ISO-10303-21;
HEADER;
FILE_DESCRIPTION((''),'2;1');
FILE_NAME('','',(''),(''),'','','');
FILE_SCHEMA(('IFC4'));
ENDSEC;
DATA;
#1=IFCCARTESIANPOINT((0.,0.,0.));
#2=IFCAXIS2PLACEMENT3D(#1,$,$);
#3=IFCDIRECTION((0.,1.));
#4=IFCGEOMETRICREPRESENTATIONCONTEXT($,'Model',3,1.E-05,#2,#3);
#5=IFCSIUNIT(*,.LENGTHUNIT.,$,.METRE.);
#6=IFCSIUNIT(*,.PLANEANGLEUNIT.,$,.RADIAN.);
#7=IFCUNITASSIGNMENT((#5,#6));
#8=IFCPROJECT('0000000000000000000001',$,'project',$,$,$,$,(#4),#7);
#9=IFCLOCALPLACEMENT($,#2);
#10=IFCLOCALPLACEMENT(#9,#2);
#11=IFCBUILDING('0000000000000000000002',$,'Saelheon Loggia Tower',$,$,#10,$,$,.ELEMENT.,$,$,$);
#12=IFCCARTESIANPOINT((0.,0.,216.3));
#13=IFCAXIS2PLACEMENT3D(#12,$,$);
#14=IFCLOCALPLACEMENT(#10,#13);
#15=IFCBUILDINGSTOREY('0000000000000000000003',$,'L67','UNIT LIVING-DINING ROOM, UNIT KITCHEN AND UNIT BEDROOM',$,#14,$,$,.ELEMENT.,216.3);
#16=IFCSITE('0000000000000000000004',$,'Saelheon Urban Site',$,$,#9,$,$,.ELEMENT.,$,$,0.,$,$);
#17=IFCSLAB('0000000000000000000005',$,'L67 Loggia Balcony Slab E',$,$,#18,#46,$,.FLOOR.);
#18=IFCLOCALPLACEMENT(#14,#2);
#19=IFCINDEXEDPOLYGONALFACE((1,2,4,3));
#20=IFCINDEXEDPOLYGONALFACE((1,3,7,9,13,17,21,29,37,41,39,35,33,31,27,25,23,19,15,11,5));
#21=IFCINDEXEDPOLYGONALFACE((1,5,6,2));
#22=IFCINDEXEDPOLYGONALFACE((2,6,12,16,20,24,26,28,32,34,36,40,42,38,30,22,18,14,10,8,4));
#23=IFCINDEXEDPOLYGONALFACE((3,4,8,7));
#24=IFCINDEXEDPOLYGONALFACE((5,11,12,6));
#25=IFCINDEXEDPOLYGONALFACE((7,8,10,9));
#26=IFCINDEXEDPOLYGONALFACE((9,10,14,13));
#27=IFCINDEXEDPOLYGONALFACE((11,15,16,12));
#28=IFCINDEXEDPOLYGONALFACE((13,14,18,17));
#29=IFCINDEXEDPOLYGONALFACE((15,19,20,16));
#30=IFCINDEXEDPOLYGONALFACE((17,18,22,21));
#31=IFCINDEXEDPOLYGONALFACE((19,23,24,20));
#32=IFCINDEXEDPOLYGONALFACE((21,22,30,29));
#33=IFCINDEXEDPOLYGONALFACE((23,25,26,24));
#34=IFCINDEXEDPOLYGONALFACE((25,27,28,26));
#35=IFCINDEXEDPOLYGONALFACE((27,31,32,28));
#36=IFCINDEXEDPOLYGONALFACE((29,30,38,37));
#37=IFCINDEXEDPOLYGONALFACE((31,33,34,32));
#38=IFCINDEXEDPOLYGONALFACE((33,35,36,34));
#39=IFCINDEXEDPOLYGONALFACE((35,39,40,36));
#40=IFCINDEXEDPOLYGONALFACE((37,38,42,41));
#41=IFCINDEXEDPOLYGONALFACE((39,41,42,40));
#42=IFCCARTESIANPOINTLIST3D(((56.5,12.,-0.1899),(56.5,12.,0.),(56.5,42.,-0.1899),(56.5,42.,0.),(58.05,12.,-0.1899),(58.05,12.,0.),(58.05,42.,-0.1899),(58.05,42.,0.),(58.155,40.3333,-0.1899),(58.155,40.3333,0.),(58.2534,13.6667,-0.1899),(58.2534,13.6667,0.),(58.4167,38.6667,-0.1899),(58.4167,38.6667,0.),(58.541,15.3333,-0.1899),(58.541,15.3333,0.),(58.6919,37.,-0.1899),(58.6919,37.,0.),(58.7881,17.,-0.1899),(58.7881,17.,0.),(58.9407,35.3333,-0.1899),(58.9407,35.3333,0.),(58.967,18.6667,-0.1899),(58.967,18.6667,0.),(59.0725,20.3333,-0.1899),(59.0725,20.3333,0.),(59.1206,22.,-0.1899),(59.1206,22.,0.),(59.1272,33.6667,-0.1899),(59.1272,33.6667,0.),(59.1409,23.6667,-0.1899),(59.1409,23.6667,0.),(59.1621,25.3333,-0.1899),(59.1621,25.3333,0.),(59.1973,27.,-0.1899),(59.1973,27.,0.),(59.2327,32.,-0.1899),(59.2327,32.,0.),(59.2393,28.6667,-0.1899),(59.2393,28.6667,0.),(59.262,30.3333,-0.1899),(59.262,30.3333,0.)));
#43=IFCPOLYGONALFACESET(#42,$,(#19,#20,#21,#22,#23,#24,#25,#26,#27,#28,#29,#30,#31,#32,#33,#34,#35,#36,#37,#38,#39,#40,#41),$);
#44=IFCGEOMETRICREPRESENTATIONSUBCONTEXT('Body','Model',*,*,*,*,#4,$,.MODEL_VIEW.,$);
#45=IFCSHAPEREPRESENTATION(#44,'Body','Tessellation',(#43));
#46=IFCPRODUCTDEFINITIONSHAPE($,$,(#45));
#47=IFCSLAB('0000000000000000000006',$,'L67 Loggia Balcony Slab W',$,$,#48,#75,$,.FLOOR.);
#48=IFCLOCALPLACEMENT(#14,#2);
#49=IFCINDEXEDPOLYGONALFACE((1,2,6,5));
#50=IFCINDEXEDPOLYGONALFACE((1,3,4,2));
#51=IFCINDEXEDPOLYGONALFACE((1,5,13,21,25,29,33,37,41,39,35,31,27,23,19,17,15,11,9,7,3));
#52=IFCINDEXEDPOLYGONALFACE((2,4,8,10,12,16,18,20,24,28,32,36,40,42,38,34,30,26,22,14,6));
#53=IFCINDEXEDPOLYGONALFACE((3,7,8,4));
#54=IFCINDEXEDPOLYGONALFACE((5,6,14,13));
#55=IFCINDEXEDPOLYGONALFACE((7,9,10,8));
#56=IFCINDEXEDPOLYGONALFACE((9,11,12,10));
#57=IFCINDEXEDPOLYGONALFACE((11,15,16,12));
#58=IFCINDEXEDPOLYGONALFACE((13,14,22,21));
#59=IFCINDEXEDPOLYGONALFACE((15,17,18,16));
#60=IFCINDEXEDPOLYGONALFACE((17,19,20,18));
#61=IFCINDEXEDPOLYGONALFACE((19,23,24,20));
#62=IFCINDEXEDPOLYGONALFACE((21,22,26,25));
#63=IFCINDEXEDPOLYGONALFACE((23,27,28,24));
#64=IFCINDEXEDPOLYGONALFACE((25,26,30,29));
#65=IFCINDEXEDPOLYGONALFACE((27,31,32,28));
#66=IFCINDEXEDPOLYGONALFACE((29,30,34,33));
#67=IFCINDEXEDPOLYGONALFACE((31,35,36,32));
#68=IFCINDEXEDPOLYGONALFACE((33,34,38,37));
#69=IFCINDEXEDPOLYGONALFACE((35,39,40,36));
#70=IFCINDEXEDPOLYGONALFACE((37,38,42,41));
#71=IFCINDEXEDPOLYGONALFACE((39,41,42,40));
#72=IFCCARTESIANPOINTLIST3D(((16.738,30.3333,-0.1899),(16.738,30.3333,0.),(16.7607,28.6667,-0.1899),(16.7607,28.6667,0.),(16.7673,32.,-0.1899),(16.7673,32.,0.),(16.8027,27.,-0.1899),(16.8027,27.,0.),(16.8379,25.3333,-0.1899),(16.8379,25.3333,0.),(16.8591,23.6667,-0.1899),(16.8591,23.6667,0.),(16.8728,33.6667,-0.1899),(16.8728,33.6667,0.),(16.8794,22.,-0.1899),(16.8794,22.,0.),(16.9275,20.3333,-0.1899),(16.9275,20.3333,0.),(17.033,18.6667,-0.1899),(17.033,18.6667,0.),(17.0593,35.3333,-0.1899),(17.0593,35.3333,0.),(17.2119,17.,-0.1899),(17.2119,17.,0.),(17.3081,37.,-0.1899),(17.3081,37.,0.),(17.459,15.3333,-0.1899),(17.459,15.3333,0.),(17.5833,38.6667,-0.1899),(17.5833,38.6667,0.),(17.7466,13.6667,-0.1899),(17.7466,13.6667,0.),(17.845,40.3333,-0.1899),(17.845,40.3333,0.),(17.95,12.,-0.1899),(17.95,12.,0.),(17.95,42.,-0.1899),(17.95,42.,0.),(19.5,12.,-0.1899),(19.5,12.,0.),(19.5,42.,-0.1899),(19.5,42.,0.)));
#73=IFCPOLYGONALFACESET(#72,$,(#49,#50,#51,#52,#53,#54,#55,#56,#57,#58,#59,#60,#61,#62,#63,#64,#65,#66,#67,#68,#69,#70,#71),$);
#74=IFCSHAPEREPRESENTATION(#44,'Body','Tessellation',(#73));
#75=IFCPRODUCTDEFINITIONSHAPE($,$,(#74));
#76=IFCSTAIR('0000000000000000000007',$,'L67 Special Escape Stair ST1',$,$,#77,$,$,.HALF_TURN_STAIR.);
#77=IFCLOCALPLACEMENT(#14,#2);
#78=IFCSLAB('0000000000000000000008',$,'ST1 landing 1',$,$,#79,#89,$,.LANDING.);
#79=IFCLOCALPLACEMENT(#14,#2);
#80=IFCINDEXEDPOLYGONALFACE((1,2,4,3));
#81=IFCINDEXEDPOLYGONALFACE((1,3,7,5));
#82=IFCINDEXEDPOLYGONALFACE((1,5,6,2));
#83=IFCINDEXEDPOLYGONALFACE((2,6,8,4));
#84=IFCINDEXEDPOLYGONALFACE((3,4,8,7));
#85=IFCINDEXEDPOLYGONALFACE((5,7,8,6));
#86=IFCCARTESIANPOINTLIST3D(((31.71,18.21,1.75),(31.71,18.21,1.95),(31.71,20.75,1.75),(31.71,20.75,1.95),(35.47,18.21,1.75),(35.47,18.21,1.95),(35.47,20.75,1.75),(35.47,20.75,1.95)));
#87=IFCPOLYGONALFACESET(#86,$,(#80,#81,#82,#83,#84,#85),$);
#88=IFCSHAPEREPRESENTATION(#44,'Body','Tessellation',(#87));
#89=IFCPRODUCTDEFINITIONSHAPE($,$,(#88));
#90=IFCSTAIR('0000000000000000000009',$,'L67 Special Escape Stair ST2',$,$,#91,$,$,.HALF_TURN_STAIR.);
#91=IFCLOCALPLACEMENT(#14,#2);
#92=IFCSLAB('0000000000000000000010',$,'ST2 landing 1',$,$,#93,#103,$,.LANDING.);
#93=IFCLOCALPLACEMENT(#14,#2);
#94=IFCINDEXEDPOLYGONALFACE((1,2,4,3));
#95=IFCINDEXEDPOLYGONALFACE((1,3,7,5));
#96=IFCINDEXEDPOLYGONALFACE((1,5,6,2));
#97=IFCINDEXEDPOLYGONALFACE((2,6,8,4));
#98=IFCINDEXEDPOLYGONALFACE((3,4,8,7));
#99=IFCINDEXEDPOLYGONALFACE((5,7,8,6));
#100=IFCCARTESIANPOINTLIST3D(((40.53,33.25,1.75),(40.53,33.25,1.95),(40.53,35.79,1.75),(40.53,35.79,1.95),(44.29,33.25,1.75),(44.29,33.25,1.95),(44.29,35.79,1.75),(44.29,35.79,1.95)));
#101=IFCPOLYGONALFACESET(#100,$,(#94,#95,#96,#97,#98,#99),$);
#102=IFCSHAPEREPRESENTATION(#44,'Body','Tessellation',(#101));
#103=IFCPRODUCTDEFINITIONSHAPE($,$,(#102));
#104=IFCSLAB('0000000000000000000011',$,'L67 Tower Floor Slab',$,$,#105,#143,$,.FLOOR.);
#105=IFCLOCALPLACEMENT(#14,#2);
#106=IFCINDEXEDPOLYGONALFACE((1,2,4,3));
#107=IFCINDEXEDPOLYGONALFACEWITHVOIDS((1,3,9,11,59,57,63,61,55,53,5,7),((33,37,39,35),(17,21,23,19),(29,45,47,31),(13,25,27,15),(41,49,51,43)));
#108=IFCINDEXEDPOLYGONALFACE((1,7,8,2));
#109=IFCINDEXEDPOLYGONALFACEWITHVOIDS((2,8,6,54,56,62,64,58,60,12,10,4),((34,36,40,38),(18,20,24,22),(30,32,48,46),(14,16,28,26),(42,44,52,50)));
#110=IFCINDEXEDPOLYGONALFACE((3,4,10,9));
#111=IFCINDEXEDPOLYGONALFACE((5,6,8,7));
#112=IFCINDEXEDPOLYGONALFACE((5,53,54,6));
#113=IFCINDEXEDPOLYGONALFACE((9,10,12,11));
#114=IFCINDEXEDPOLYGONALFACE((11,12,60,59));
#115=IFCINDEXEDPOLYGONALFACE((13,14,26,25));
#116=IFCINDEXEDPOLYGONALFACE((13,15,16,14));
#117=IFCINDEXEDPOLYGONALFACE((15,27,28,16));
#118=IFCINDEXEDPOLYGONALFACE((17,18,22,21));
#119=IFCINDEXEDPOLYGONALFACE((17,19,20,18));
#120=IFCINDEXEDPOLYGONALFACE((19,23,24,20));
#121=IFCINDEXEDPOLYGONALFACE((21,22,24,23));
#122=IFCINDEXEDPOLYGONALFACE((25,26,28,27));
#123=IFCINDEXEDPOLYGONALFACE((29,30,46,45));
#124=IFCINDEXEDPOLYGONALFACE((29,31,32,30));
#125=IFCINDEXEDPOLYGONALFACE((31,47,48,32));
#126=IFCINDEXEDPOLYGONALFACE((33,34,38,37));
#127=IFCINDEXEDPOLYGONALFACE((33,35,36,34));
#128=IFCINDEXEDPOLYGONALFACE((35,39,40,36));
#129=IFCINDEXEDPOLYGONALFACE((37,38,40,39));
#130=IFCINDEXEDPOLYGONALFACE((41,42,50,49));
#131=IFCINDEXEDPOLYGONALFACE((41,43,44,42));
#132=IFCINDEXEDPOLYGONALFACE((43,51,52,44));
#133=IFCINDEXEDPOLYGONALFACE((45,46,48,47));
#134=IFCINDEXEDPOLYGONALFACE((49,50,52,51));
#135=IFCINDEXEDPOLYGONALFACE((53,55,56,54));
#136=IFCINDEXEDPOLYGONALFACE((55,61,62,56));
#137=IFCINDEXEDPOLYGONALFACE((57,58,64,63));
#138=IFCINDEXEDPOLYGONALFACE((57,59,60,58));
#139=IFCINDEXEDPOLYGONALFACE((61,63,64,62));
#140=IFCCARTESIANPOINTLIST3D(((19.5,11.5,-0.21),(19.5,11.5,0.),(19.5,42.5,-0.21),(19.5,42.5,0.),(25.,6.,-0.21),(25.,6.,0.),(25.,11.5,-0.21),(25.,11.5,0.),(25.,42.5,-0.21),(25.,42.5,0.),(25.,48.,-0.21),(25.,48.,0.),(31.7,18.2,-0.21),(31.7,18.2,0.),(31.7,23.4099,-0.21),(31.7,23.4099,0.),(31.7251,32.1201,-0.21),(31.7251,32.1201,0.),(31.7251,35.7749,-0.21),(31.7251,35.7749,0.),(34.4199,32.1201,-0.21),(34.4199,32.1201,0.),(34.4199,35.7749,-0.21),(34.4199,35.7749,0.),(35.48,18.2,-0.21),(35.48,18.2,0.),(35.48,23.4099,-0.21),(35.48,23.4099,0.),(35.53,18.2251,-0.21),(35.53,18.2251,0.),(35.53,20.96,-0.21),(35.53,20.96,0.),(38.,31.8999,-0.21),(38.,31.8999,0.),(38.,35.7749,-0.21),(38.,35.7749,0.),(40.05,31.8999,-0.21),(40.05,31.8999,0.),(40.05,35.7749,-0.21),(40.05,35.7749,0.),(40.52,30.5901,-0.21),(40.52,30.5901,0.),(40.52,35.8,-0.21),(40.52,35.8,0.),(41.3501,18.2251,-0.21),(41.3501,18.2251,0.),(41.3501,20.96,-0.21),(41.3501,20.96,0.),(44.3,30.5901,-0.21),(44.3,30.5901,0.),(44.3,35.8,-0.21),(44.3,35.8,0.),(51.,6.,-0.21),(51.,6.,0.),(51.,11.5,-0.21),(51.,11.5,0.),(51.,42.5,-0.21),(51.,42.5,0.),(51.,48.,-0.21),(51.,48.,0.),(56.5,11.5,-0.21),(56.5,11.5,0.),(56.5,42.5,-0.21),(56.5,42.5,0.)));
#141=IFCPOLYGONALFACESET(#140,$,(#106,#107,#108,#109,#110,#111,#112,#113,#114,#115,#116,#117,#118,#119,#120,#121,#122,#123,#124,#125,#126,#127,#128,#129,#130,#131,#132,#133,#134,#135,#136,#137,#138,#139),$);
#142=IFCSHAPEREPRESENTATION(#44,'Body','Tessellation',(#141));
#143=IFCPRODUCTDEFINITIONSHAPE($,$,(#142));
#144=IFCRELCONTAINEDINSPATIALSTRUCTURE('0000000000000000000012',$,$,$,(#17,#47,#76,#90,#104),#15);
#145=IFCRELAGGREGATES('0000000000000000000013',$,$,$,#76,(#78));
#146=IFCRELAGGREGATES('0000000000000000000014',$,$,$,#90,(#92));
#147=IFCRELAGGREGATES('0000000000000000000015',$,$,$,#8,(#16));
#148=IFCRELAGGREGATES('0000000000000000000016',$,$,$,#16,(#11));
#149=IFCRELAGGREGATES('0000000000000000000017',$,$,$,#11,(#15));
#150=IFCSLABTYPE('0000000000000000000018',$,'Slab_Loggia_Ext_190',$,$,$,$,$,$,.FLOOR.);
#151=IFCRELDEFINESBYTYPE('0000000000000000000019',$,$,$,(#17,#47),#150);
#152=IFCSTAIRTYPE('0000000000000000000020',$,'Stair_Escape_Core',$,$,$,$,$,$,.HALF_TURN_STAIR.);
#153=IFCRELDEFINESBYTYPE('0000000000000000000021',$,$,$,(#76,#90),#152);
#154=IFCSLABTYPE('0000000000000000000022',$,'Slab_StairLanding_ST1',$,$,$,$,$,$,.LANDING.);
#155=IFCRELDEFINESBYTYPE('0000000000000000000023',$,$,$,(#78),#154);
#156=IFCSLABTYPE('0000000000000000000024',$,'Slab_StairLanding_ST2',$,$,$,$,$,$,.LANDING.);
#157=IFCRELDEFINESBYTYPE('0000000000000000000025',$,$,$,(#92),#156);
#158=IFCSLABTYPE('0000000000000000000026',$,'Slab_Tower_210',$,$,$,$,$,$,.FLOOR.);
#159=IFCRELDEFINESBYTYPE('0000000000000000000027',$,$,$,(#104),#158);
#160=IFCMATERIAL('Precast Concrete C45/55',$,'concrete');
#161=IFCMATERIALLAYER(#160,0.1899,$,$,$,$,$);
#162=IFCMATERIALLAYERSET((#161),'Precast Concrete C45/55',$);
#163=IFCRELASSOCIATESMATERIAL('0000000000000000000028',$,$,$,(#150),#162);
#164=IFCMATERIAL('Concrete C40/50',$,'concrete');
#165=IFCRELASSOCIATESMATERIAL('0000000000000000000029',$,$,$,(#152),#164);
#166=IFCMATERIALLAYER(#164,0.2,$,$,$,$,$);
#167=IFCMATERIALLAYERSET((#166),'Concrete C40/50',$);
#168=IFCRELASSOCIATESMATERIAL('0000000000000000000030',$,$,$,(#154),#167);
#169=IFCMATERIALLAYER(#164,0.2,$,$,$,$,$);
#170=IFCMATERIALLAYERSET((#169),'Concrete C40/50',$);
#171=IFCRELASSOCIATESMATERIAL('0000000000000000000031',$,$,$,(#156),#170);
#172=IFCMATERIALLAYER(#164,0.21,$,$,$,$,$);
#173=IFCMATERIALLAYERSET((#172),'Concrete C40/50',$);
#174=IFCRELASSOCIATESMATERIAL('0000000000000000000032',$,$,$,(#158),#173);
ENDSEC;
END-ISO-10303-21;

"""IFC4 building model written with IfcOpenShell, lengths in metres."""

from ifc_helpers import new_model, si_unit, direction, frame, origin, place, context, subcontext, project, spatial, polyline, outline, extrude, material, layer, layer_set, type_object, element, aggregate, save


model = new_model("IFC4")

# Units and contexts
model_context = context("Model", 3, precision=1e-05, world=origin(), true_north=direction((0.0, 1.0)))
body_context = subcontext(model_context, "Body", "Model", "MODEL_VIEW")
ifc_project = project(units=[si_unit("LENGTHUNIT", "METRE"), si_unit("PLANEANGLEUNIT", "RADIAN")], contexts=[model_context])

# Site, building, storey
site_placement = place(None, origin())
site = spatial("IfcSite", under=ifc_project, at=site_placement, Name="Saelheon Urban Site", CompositionType="ELEMENT", RefElevation=0.0)
building_placement = place(site_placement, origin())
building = spatial("IfcBuilding", under=site, at=building_placement, Name="Saelheon Loggia Tower", CompositionType="ELEMENT")
storey_placement = place(building_placement, frame((0.0, 0.0, 216.3)))
storey = spatial("IfcBuildingStorey", under=building, at=storey_placement, Name="L67", Description="UNIT LIVING-DINING ROOM, UNIT KITCHEN AND UNIT BEDROOM", CompositionType="ELEMENT", Elevation=216.3)

# Slabs
ifc_material_1 = material(Name="Precast Concrete C45/55", Category="concrete")
ifc_layer_1 = layer(ifc_material_1, 0.1899)
ifc_layer_set_1 = layer_set([ifc_layer_1], Name="Precast Concrete C45/55")
slab_type_1 = type_object("IfcSlabType", Name="Slab_Loggia_Ext_190", PredefinedType="FLOOR", material=ifc_layer_set_1)
slab_1_placement = place(storey_placement, frame((0.0, 0.0, -0.1899)))
element("IfcSlab", 1, at=slab_1_placement, inside=storey, type_object=slab_type_1, Name="L67 Loggia Balcony Slab E", PredefinedType="FLOOR", context=body_context, shape_type="SweptSolid", body=[
    extrude(outline(polyline([(56.5, 12.0), (58.05, 12.0), (58.2534, 13.6667), (58.541, 15.3333), (58.7881, 17.0), (58.967, 18.6667), (59.0725, 20.3333), (59.1206, 22.0), (59.1409, 23.6667), (59.1621, 25.3333), (59.1973, 27.0), (59.2393, 28.6667), (59.262, 30.3333), (59.2327, 32.0), (59.1272, 33.6667), (58.9407, 35.3333), (58.6919, 37.0), (58.4167, 38.6667), (58.155, 40.3333), (58.05, 42.0), (56.5, 42.0), (56.5, 12.0)])), origin(), (0.0, 0.0, 1.0), 0.1899),
])
slab_2_placement = place(storey_placement, frame((0.0, 0.0, -0.1899)))
element("IfcSlab", 2, at=slab_2_placement, inside=storey, type_object=slab_type_1, Name="L67 Loggia Balcony Slab W", PredefinedType="FLOOR", context=body_context, shape_type="SweptSolid", body=[
    extrude(outline(polyline([(19.5, 12.0), (19.5, 42.0), (17.95, 42.0), (17.845, 40.3333), (17.5833, 38.6667), (17.3081, 37.0), (17.0593, 35.3333), (16.8728, 33.6667), (16.7673, 32.0), (16.738, 30.3333), (16.7607, 28.6667), (16.8027, 27.0), (16.8379, 25.3333), (16.8591, 23.6667), (16.8794, 22.0), (16.9275, 20.3333), (17.033, 18.6667), (17.2119, 17.0), (17.459, 15.3333), (17.7466, 13.6667), (17.95, 12.0), (19.5, 12.0)])), origin(), (0.0, 0.0, 1.0), 0.1899),
])

# Stairs, slabs
ifc_material_2 = material(Name="Concrete C40/50", Category="concrete")
stair_type = type_object("IfcStairType", Name="Stair_Escape_Core", PredefinedType="HALF_TURN_STAIR", material=ifc_material_2)
stair_1_placement = place(storey_placement, origin())
stair_1 = element("IfcStair", 3, at=stair_1_placement, inside=storey, type_object=stair_type, Name="L67 Special Escape Stair ST1", PredefinedType="HALF_TURN_STAIR")
ifc_layer_2 = layer(ifc_material_2, 0.2)
ifc_layer_set_2 = layer_set([ifc_layer_2], Name="Concrete C40/50")
slab_type_2 = type_object("IfcSlabType", Name="Slab_StairLanding_ST1", PredefinedType="LANDING", material=ifc_layer_set_2)
slab_3_placement = place(storey_placement, frame((0.0, 0.0, 1.75)))
slab_3 = element("IfcSlab", 4, at=slab_3_placement, type_object=slab_type_2, Name="ST1 landing 1", PredefinedType="LANDING", context=body_context, shape_type="SweptSolid", body=[
    extrude(outline(polyline([(31.71, 20.75), (31.71, 18.21), (35.47, 18.21), (35.47, 20.75), (31.71, 20.75)])), origin(), (0.0, 0.0, 1.0), 0.2),
])
aggregate(stair_1, [slab_3])
stair_2_placement = place(storey_placement, origin())
stair_2 = element("IfcStair", 5, at=stair_2_placement, inside=storey, type_object=stair_type, Name="L67 Special Escape Stair ST2", PredefinedType="HALF_TURN_STAIR")
ifc_layer_3 = layer(ifc_material_2, 0.2)
ifc_layer_set_3 = layer_set([ifc_layer_3], Name="Concrete C40/50")
slab_type_3 = type_object("IfcSlabType", Name="Slab_StairLanding_ST2", PredefinedType="LANDING", material=ifc_layer_set_3)
slab_4_placement = place(storey_placement, frame((0.0, 0.0, 1.75)))
slab_4 = element("IfcSlab", 6, at=slab_4_placement, type_object=slab_type_3, Name="ST2 landing 1", PredefinedType="LANDING", context=body_context, shape_type="SweptSolid", body=[
    extrude(outline(polyline([(44.29, 33.25), (44.29, 35.79), (40.53, 35.79), (40.53, 33.25), (44.29, 33.25)])), origin(), (0.0, 0.0, 1.0), 0.2),
])
aggregate(stair_2, [slab_4])

# Slab
ifc_layer_4 = layer(ifc_material_2, 0.21)
ifc_layer_set_4 = layer_set([ifc_layer_4], Name="Concrete C40/50")
slab_type_4 = type_object("IfcSlabType", Name="Slab_Tower_210", PredefinedType="FLOOR", material=ifc_layer_set_4)
slab_5_placement = place(storey_placement, frame((0.0, 0.0, -0.21)))
element("IfcSlab", 7, at=slab_5_placement, inside=storey, type_object=slab_type_4, Name="L67 Tower Floor Slab", PredefinedType="FLOOR", context=body_context, shape_type="SweptSolid", body=[
    extrude(outline(polyline([(25.0, 6.0), (51.0, 6.0), (51.0, 11.5), (56.5, 11.5), (56.5, 42.5), (51.0, 42.5), (51.0, 48.0), (25.0, 48.0), (25.0, 42.5), (19.5, 42.5), (19.5, 11.5), (25.0, 11.5), (25.0, 6.0)]), holes=[polyline([(31.7, 23.4099), (31.7, 18.2), (35.48, 18.2), (35.48, 23.4099), (31.7, 23.4099)]), polyline([(44.3, 30.5901), (44.3, 35.8), (40.52, 35.8), (40.52, 30.5901), (44.3, 30.5901)]), polyline([(35.53, 18.2251), (41.3501, 18.2251), (41.3501, 20.96), (35.53, 20.96), (35.53, 18.2251)]), polyline([(31.7251, 32.1201), (34.4199, 32.1201), (34.4199, 35.7749), (31.7251, 35.7749), (31.7251, 32.1201)]), polyline([(38.0, 31.8999), (40.05, 31.8999), (40.05, 35.7749), (38.0, 35.7749), (38.0, 31.8999)])]), origin(), (0.0, 0.0, 1.0), 0.21),
])

save(model, "model.ifc")
